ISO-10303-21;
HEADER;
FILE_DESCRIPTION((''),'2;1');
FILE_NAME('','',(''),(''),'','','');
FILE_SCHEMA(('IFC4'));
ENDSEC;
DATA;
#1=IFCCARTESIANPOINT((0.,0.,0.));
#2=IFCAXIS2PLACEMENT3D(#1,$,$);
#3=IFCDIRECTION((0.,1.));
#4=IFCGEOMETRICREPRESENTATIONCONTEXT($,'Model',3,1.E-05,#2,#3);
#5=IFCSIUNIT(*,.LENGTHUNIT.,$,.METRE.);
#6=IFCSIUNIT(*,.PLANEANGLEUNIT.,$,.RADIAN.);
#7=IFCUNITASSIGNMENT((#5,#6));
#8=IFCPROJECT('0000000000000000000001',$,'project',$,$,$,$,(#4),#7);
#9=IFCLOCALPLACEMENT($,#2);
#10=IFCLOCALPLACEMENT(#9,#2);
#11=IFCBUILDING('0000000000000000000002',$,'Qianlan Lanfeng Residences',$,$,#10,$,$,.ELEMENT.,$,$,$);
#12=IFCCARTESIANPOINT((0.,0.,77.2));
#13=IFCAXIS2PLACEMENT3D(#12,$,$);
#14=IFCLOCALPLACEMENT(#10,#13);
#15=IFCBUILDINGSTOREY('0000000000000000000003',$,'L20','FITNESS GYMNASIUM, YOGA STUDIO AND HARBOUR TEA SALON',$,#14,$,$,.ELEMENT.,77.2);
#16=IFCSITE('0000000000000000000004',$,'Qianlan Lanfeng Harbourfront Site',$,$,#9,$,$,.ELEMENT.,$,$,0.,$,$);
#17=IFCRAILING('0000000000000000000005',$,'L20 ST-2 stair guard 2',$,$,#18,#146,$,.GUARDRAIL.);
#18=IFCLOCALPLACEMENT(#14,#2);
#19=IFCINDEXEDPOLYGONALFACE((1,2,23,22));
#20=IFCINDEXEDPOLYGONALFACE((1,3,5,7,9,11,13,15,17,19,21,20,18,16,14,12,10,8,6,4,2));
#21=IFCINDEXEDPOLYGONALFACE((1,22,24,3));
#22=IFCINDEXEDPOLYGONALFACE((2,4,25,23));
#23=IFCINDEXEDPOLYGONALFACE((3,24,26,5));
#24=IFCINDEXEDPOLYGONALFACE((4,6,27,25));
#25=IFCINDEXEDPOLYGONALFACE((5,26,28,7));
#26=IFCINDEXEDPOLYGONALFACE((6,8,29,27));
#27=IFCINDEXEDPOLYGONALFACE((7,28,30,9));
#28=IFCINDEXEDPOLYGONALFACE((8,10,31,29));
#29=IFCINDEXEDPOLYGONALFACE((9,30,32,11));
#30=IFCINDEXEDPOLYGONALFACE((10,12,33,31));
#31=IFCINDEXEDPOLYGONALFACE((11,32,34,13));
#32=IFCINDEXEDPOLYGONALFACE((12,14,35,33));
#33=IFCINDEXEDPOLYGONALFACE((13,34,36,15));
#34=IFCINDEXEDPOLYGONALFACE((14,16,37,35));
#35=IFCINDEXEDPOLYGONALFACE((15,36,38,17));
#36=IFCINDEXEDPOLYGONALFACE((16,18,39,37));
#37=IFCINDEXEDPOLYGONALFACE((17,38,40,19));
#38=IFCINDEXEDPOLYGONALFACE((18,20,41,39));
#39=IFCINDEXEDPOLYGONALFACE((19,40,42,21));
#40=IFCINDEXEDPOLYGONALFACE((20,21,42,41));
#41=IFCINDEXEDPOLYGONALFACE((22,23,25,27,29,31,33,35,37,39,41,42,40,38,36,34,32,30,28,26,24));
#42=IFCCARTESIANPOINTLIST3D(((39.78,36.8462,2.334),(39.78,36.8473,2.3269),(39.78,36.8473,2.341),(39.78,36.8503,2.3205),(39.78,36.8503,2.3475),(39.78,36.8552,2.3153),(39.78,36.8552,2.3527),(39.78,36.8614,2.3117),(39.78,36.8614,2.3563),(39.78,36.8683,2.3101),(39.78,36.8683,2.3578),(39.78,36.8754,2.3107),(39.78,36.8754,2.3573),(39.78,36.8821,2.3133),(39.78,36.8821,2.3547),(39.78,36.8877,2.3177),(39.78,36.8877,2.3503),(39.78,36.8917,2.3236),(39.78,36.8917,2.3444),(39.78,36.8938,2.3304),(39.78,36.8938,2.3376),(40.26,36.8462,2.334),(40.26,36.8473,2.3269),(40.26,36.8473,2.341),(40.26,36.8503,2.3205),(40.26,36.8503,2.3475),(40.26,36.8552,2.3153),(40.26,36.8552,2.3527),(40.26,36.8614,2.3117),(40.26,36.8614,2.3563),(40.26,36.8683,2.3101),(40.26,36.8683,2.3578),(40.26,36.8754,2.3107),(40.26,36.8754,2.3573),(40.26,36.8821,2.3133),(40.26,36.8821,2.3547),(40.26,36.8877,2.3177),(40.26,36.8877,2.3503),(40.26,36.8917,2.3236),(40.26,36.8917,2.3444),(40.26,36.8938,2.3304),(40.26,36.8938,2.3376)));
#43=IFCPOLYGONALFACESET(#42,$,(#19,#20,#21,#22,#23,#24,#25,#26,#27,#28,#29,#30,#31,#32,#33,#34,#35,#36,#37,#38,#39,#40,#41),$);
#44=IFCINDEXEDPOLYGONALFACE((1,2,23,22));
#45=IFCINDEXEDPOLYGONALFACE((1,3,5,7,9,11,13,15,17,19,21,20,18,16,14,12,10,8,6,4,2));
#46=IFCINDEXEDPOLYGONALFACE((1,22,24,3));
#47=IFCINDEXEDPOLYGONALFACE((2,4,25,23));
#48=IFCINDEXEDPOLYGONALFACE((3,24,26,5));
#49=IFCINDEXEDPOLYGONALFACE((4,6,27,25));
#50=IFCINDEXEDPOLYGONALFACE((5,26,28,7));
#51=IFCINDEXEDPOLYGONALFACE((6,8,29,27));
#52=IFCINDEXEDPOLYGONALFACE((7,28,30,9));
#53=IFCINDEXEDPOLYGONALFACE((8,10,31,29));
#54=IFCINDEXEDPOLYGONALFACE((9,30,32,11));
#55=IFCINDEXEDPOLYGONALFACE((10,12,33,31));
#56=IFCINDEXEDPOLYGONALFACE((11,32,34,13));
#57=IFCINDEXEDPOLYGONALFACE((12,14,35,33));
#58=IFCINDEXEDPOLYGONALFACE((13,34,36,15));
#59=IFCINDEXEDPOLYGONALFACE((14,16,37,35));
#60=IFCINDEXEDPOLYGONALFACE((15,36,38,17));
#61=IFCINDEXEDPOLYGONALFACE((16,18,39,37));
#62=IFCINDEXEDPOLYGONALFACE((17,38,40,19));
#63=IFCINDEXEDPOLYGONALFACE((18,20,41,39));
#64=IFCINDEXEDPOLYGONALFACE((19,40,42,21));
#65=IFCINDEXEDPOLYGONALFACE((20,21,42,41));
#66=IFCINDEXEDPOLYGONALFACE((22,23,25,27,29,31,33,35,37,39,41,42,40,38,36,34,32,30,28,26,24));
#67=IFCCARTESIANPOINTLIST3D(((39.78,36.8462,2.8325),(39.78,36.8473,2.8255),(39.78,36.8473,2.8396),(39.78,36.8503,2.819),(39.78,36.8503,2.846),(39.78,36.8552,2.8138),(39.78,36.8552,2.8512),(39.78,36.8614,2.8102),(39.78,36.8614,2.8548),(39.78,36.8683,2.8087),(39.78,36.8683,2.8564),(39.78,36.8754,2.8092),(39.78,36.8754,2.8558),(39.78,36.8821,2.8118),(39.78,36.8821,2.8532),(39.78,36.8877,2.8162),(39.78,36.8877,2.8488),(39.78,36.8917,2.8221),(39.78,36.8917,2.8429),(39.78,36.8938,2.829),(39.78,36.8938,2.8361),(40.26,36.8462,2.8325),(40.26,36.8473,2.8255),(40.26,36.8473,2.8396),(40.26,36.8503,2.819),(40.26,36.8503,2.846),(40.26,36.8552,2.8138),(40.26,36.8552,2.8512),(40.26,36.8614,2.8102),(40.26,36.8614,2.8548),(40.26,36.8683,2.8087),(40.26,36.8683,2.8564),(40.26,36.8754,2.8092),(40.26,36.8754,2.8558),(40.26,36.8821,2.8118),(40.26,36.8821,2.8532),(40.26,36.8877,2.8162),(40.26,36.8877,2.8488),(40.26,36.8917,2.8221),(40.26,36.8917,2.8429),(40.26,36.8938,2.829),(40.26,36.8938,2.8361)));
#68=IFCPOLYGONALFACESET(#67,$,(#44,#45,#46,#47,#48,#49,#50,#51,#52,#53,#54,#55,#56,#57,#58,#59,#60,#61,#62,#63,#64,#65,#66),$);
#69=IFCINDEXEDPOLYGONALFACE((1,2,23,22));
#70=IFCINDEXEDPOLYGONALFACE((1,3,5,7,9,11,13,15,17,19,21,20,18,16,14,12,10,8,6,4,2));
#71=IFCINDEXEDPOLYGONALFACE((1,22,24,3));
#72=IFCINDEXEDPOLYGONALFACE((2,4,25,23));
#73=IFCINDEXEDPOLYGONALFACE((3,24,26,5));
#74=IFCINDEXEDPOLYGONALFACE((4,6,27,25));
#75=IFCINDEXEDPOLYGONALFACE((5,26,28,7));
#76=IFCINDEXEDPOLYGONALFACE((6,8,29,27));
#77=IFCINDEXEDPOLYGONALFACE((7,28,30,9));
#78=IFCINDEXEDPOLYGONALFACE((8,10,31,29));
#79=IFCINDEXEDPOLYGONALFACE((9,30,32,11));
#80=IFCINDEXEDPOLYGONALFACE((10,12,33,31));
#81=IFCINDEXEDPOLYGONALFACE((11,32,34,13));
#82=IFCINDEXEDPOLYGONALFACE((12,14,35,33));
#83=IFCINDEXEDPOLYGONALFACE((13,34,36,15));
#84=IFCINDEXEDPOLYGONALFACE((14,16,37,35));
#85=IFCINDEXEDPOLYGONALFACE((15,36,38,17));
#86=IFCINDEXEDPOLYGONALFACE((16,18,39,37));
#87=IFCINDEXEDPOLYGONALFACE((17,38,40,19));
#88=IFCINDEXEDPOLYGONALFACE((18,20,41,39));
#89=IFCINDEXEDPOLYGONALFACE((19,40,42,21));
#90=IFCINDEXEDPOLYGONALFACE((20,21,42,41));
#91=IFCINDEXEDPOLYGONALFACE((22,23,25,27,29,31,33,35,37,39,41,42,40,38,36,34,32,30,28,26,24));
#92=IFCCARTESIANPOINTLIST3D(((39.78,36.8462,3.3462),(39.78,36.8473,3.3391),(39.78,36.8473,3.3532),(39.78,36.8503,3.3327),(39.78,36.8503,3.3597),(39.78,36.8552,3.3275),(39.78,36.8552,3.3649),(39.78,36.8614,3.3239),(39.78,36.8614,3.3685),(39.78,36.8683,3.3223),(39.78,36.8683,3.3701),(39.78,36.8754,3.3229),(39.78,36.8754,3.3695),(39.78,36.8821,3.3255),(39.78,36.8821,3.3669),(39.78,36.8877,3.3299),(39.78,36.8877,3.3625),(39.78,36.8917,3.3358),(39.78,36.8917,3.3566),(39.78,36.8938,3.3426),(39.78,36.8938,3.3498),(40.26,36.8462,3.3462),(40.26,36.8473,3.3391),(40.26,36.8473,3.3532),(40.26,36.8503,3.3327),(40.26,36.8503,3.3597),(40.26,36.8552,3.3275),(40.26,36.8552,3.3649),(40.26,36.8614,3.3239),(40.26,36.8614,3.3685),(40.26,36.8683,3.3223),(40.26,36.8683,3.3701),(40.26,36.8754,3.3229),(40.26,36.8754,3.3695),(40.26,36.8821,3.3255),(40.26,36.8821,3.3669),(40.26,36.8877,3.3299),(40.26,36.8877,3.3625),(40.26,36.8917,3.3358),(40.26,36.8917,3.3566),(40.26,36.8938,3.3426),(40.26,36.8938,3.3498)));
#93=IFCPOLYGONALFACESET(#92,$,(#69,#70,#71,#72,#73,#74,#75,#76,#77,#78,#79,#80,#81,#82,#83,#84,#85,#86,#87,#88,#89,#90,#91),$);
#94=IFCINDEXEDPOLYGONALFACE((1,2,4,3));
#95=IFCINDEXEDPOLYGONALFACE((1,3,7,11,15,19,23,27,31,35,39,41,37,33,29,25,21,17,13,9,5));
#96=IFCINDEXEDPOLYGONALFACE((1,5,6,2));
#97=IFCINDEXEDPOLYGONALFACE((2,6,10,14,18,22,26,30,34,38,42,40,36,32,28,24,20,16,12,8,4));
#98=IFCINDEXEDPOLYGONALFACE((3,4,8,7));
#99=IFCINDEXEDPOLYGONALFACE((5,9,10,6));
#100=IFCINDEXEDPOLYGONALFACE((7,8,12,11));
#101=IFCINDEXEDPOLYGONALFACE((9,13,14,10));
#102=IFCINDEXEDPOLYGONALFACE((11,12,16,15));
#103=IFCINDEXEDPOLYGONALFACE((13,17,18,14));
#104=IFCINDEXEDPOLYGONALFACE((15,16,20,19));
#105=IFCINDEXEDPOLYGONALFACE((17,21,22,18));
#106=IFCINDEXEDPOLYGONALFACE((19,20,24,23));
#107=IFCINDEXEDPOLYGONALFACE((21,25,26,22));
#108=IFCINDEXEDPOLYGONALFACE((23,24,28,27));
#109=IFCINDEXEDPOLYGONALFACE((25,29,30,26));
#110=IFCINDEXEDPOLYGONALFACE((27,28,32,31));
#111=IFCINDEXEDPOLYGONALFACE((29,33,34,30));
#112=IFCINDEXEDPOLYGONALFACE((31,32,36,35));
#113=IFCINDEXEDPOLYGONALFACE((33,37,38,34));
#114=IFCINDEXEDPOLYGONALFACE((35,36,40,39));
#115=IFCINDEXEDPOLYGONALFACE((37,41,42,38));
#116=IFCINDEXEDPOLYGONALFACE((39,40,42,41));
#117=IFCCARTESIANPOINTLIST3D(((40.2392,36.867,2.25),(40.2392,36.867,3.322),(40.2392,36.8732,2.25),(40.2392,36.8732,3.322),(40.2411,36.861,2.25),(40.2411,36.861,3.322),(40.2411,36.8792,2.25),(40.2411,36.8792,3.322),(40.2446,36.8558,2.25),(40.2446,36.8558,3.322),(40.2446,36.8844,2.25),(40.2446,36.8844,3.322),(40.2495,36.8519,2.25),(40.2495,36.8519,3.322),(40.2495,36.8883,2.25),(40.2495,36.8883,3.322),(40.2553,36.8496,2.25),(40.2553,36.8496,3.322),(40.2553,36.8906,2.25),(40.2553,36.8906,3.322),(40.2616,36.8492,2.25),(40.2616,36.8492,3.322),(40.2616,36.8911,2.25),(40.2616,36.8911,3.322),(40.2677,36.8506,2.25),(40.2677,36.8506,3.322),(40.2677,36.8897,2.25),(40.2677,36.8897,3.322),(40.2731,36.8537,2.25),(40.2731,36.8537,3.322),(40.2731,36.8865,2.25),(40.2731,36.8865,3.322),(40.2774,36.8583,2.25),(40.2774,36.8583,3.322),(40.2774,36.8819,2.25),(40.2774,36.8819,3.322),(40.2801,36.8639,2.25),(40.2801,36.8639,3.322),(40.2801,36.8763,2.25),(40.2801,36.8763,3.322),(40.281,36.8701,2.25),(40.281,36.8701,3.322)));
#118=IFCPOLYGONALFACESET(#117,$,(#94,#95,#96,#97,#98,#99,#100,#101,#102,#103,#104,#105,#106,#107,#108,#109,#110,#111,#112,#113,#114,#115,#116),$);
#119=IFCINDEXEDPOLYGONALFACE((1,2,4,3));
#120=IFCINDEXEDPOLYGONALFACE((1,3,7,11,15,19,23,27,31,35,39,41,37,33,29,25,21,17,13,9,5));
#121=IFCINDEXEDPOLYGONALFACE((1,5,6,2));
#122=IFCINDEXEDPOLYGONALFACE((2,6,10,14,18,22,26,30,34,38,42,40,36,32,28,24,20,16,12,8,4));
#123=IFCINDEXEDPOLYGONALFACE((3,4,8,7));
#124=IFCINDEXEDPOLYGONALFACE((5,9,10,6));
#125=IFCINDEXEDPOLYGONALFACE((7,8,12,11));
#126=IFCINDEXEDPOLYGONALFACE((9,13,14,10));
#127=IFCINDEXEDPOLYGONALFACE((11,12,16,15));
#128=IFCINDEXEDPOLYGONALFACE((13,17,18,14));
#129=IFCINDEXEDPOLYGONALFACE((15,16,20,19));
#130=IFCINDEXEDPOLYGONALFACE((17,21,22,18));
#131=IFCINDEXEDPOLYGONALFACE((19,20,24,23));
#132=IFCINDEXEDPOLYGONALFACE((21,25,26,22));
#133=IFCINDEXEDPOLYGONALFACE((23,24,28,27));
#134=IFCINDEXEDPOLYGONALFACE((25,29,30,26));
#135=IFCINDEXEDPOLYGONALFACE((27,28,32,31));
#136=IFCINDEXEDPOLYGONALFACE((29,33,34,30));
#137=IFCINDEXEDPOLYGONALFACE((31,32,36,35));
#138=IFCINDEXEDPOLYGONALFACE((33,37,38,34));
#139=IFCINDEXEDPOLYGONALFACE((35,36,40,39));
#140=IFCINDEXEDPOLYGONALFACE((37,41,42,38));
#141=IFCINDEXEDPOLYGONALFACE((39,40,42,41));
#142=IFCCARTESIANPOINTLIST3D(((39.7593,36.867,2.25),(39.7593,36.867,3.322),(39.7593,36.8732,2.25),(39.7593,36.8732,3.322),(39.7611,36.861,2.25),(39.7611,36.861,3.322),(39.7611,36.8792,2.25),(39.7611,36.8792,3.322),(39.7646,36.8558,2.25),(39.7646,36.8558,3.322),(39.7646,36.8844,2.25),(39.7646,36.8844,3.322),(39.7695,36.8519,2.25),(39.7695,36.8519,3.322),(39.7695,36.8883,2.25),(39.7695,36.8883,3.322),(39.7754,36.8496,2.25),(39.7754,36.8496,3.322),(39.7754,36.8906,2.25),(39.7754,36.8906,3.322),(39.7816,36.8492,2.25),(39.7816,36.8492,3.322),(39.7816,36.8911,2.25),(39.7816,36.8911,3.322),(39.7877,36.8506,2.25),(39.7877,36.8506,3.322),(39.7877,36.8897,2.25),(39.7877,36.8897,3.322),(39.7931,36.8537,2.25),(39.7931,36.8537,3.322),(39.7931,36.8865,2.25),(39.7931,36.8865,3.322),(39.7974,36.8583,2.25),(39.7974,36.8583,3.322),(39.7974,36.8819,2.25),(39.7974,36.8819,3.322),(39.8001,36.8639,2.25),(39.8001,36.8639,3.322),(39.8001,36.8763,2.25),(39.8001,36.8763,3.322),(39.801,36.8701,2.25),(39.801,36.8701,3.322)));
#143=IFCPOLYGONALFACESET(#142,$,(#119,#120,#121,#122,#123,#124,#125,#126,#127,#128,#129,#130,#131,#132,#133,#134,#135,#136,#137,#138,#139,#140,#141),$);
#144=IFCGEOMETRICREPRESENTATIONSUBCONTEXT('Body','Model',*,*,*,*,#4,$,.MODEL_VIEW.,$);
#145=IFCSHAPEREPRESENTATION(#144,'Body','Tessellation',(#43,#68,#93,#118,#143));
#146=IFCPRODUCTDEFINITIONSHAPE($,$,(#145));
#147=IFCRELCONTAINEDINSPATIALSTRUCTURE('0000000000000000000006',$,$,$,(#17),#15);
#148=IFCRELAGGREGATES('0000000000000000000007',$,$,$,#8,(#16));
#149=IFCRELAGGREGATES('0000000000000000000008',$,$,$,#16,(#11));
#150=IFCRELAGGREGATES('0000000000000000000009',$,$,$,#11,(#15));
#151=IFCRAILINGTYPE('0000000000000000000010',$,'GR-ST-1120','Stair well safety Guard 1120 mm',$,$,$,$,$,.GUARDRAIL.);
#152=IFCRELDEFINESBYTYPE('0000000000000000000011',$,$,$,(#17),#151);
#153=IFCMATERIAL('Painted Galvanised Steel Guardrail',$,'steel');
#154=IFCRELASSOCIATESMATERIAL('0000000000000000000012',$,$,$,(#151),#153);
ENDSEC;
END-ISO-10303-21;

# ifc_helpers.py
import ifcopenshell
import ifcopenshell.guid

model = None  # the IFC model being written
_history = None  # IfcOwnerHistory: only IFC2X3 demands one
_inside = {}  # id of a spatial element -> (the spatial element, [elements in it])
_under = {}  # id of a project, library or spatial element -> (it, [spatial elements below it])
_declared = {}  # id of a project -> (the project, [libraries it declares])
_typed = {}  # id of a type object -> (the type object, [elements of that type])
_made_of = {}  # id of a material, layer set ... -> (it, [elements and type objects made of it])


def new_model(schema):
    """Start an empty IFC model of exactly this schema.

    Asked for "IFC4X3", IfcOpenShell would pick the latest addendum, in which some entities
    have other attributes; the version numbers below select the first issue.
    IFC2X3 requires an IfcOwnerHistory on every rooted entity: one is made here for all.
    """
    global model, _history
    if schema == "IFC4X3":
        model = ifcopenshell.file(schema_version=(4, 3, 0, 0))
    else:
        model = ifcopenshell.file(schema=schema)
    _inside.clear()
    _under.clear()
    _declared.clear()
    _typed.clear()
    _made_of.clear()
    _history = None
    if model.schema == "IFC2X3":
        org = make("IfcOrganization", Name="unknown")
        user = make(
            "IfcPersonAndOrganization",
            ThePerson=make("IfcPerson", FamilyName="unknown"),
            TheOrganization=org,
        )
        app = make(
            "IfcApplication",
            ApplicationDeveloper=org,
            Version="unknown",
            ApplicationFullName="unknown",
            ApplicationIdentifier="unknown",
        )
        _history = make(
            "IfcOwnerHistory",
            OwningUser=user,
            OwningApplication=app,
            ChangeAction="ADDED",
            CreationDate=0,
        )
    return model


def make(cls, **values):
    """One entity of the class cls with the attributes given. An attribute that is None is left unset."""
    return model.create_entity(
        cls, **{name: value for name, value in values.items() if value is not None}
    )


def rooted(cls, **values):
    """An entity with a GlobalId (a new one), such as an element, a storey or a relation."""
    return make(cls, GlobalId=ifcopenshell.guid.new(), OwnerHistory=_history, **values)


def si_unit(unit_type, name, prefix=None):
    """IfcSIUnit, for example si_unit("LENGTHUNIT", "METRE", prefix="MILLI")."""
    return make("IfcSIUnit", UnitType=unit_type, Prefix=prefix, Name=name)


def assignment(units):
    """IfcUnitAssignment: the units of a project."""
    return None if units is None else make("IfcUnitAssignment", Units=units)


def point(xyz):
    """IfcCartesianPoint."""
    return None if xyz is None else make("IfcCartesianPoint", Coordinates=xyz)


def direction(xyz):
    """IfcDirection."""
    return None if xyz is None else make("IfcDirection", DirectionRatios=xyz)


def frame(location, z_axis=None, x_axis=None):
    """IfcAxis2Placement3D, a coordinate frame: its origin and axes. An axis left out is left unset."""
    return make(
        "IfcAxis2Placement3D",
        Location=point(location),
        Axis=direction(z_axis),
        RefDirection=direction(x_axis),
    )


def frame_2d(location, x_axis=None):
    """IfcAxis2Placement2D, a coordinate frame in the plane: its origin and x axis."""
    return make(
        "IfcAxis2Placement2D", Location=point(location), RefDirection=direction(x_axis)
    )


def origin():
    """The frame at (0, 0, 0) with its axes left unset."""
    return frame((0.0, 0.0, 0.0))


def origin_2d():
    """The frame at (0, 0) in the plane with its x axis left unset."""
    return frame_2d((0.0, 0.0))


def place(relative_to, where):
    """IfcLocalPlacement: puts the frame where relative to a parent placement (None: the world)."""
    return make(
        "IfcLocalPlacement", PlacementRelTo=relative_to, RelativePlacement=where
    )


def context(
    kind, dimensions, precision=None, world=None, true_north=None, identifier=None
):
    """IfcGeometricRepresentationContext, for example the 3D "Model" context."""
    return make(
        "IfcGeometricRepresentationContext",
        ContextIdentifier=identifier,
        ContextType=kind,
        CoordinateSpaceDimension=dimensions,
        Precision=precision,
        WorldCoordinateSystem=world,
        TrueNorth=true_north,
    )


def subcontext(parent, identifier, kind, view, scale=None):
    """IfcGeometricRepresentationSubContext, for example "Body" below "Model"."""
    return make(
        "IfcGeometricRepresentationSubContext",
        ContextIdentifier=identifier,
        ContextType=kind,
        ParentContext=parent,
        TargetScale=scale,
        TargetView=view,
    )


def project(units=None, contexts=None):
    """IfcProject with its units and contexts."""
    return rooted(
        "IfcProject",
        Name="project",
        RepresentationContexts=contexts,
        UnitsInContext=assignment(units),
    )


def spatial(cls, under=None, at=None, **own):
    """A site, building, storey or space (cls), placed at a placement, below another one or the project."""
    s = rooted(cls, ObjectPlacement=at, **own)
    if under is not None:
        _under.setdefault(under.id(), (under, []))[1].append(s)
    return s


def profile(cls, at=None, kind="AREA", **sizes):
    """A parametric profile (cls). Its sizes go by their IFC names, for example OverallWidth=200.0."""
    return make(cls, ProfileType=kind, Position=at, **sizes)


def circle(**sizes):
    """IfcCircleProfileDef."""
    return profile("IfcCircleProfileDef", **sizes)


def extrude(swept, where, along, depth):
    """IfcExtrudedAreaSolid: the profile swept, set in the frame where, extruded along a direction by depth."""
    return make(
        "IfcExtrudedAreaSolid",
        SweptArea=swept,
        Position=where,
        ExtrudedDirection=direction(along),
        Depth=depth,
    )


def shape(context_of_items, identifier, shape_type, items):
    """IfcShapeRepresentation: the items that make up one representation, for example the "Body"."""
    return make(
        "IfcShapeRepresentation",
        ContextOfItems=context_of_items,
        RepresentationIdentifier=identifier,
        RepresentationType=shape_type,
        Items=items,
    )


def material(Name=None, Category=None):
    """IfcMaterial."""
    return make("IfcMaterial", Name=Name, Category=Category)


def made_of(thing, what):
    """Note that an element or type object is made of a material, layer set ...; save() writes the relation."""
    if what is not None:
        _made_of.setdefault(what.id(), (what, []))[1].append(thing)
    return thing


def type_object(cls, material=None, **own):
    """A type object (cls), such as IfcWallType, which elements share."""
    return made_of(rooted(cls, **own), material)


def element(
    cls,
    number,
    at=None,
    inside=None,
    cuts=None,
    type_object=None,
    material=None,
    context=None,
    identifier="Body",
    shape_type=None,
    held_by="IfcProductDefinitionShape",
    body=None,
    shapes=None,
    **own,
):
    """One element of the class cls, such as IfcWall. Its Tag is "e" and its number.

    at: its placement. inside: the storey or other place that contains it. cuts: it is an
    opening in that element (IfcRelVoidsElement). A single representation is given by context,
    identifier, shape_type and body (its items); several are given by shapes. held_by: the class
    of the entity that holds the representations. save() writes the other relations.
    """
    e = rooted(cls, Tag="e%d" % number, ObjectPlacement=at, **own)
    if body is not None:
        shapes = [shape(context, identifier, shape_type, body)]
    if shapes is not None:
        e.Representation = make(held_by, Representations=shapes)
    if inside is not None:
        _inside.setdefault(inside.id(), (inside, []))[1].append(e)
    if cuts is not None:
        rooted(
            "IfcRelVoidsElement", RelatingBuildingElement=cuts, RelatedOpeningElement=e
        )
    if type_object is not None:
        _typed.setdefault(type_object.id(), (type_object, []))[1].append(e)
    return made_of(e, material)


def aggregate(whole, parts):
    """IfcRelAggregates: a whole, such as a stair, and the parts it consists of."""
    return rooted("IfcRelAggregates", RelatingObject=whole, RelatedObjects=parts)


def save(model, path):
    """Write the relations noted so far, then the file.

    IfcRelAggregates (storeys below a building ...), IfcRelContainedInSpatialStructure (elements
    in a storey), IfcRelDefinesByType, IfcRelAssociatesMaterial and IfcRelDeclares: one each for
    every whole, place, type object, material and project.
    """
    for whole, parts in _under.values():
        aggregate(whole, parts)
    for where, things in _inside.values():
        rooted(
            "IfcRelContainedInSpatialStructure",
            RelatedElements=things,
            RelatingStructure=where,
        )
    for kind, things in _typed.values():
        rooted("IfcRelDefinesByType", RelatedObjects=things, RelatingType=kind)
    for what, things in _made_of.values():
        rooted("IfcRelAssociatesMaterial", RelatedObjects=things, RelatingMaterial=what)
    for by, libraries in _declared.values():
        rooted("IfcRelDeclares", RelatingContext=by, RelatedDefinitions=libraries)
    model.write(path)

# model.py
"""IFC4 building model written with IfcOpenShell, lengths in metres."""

from ifc_helpers import new_model, si_unit, direction, frame, origin, origin_2d, place, context, subcontext, project, spatial, circle, extrude, material, type_object, element, save


model = new_model("IFC4")

# Units and contexts
model_context = context("Model", 3, precision=1e-05, world=origin(), true_north=direction((0.0, 1.0)))
body_context = subcontext(model_context, "Body", "Model", "MODEL_VIEW")
ifc_project = project(units=[si_unit("LENGTHUNIT", "METRE"), si_unit("PLANEANGLEUNIT", "RADIAN")], contexts=[model_context])

# Site, building, storey
site_placement = place(None, origin())
site = spatial("IfcSite", under=ifc_project, at=site_placement, Name="Qianlan Lanfeng Harbourfront Site", CompositionType="ELEMENT", RefElevation=0.0)
building_placement = place(site_placement, origin())
building = spatial("IfcBuilding", under=site, at=building_placement, Name="Qianlan Lanfeng Residences", CompositionType="ELEMENT")
storey_placement = place(building_placement, frame((0.0, 0.0, 77.2)))
storey = spatial("IfcBuildingStorey", under=building, at=storey_placement, Name="L20", Description="FITNESS GYMNASIUM, YOGA STUDIO AND HARBOUR TEA SALON", CompositionType="ELEMENT", Elevation=77.2)

# Railing
ifc_material_1 = material(Name="Painted Galvanised Steel Guardrail", Category="steel")
railing_type_1 = type_object("IfcRailingType", Name="GR-ST-1120", Description="Stair well safety Guard 1120 mm", PredefinedType="GUARDRAIL", material=ifc_material_1)
railing_1_placement = place(storey_placement, frame((40.26, 36.8701, 2.25)))
element("IfcRailing", 1, at=railing_1_placement, inside=storey, type_object=railing_type_1, Name="L20 ST-2 stair guard 2", PredefinedType="GUARDRAIL", context=body_context, shape_type="SweptSolid", body=[
    extrude(circle(Radius=0.0239, at=origin_2d()), frame((0.0, 0.0, 0.084), z_axis=(-1.0, 0.0, 0.0), x_axis=(0.0, -1.0, 0.0)), (0.0, 0.0, 1.0), 0.48),
    extrude(circle(Radius=0.0239, at=origin_2d()), frame((0.0, 0.0, 0.5825), z_axis=(-1.0, 0.0, 0.0), x_axis=(0.0, -1.0, 0.0)), (0.0, 0.0, 1.0), 0.48),
    extrude(circle(Radius=0.0239, at=origin_2d()), frame((0.0, 0.0, 1.0962), z_axis=(-1.0, 0.0, 0.0), x_axis=(0.0, -1.0, 0.0)), (0.0, 0.0, 1.0), 0.48),
    extrude(circle(Radius=0.021, at=origin_2d()), origin(), (0.0, 0.0, 1.0), 1.072),
    extrude(circle(Radius=0.021, at=origin_2d()), frame((-0.48, 0.0, 0.0)), (0.0, 0.0, 1.0), 1.072),
])

save(model, "model.ifc")
